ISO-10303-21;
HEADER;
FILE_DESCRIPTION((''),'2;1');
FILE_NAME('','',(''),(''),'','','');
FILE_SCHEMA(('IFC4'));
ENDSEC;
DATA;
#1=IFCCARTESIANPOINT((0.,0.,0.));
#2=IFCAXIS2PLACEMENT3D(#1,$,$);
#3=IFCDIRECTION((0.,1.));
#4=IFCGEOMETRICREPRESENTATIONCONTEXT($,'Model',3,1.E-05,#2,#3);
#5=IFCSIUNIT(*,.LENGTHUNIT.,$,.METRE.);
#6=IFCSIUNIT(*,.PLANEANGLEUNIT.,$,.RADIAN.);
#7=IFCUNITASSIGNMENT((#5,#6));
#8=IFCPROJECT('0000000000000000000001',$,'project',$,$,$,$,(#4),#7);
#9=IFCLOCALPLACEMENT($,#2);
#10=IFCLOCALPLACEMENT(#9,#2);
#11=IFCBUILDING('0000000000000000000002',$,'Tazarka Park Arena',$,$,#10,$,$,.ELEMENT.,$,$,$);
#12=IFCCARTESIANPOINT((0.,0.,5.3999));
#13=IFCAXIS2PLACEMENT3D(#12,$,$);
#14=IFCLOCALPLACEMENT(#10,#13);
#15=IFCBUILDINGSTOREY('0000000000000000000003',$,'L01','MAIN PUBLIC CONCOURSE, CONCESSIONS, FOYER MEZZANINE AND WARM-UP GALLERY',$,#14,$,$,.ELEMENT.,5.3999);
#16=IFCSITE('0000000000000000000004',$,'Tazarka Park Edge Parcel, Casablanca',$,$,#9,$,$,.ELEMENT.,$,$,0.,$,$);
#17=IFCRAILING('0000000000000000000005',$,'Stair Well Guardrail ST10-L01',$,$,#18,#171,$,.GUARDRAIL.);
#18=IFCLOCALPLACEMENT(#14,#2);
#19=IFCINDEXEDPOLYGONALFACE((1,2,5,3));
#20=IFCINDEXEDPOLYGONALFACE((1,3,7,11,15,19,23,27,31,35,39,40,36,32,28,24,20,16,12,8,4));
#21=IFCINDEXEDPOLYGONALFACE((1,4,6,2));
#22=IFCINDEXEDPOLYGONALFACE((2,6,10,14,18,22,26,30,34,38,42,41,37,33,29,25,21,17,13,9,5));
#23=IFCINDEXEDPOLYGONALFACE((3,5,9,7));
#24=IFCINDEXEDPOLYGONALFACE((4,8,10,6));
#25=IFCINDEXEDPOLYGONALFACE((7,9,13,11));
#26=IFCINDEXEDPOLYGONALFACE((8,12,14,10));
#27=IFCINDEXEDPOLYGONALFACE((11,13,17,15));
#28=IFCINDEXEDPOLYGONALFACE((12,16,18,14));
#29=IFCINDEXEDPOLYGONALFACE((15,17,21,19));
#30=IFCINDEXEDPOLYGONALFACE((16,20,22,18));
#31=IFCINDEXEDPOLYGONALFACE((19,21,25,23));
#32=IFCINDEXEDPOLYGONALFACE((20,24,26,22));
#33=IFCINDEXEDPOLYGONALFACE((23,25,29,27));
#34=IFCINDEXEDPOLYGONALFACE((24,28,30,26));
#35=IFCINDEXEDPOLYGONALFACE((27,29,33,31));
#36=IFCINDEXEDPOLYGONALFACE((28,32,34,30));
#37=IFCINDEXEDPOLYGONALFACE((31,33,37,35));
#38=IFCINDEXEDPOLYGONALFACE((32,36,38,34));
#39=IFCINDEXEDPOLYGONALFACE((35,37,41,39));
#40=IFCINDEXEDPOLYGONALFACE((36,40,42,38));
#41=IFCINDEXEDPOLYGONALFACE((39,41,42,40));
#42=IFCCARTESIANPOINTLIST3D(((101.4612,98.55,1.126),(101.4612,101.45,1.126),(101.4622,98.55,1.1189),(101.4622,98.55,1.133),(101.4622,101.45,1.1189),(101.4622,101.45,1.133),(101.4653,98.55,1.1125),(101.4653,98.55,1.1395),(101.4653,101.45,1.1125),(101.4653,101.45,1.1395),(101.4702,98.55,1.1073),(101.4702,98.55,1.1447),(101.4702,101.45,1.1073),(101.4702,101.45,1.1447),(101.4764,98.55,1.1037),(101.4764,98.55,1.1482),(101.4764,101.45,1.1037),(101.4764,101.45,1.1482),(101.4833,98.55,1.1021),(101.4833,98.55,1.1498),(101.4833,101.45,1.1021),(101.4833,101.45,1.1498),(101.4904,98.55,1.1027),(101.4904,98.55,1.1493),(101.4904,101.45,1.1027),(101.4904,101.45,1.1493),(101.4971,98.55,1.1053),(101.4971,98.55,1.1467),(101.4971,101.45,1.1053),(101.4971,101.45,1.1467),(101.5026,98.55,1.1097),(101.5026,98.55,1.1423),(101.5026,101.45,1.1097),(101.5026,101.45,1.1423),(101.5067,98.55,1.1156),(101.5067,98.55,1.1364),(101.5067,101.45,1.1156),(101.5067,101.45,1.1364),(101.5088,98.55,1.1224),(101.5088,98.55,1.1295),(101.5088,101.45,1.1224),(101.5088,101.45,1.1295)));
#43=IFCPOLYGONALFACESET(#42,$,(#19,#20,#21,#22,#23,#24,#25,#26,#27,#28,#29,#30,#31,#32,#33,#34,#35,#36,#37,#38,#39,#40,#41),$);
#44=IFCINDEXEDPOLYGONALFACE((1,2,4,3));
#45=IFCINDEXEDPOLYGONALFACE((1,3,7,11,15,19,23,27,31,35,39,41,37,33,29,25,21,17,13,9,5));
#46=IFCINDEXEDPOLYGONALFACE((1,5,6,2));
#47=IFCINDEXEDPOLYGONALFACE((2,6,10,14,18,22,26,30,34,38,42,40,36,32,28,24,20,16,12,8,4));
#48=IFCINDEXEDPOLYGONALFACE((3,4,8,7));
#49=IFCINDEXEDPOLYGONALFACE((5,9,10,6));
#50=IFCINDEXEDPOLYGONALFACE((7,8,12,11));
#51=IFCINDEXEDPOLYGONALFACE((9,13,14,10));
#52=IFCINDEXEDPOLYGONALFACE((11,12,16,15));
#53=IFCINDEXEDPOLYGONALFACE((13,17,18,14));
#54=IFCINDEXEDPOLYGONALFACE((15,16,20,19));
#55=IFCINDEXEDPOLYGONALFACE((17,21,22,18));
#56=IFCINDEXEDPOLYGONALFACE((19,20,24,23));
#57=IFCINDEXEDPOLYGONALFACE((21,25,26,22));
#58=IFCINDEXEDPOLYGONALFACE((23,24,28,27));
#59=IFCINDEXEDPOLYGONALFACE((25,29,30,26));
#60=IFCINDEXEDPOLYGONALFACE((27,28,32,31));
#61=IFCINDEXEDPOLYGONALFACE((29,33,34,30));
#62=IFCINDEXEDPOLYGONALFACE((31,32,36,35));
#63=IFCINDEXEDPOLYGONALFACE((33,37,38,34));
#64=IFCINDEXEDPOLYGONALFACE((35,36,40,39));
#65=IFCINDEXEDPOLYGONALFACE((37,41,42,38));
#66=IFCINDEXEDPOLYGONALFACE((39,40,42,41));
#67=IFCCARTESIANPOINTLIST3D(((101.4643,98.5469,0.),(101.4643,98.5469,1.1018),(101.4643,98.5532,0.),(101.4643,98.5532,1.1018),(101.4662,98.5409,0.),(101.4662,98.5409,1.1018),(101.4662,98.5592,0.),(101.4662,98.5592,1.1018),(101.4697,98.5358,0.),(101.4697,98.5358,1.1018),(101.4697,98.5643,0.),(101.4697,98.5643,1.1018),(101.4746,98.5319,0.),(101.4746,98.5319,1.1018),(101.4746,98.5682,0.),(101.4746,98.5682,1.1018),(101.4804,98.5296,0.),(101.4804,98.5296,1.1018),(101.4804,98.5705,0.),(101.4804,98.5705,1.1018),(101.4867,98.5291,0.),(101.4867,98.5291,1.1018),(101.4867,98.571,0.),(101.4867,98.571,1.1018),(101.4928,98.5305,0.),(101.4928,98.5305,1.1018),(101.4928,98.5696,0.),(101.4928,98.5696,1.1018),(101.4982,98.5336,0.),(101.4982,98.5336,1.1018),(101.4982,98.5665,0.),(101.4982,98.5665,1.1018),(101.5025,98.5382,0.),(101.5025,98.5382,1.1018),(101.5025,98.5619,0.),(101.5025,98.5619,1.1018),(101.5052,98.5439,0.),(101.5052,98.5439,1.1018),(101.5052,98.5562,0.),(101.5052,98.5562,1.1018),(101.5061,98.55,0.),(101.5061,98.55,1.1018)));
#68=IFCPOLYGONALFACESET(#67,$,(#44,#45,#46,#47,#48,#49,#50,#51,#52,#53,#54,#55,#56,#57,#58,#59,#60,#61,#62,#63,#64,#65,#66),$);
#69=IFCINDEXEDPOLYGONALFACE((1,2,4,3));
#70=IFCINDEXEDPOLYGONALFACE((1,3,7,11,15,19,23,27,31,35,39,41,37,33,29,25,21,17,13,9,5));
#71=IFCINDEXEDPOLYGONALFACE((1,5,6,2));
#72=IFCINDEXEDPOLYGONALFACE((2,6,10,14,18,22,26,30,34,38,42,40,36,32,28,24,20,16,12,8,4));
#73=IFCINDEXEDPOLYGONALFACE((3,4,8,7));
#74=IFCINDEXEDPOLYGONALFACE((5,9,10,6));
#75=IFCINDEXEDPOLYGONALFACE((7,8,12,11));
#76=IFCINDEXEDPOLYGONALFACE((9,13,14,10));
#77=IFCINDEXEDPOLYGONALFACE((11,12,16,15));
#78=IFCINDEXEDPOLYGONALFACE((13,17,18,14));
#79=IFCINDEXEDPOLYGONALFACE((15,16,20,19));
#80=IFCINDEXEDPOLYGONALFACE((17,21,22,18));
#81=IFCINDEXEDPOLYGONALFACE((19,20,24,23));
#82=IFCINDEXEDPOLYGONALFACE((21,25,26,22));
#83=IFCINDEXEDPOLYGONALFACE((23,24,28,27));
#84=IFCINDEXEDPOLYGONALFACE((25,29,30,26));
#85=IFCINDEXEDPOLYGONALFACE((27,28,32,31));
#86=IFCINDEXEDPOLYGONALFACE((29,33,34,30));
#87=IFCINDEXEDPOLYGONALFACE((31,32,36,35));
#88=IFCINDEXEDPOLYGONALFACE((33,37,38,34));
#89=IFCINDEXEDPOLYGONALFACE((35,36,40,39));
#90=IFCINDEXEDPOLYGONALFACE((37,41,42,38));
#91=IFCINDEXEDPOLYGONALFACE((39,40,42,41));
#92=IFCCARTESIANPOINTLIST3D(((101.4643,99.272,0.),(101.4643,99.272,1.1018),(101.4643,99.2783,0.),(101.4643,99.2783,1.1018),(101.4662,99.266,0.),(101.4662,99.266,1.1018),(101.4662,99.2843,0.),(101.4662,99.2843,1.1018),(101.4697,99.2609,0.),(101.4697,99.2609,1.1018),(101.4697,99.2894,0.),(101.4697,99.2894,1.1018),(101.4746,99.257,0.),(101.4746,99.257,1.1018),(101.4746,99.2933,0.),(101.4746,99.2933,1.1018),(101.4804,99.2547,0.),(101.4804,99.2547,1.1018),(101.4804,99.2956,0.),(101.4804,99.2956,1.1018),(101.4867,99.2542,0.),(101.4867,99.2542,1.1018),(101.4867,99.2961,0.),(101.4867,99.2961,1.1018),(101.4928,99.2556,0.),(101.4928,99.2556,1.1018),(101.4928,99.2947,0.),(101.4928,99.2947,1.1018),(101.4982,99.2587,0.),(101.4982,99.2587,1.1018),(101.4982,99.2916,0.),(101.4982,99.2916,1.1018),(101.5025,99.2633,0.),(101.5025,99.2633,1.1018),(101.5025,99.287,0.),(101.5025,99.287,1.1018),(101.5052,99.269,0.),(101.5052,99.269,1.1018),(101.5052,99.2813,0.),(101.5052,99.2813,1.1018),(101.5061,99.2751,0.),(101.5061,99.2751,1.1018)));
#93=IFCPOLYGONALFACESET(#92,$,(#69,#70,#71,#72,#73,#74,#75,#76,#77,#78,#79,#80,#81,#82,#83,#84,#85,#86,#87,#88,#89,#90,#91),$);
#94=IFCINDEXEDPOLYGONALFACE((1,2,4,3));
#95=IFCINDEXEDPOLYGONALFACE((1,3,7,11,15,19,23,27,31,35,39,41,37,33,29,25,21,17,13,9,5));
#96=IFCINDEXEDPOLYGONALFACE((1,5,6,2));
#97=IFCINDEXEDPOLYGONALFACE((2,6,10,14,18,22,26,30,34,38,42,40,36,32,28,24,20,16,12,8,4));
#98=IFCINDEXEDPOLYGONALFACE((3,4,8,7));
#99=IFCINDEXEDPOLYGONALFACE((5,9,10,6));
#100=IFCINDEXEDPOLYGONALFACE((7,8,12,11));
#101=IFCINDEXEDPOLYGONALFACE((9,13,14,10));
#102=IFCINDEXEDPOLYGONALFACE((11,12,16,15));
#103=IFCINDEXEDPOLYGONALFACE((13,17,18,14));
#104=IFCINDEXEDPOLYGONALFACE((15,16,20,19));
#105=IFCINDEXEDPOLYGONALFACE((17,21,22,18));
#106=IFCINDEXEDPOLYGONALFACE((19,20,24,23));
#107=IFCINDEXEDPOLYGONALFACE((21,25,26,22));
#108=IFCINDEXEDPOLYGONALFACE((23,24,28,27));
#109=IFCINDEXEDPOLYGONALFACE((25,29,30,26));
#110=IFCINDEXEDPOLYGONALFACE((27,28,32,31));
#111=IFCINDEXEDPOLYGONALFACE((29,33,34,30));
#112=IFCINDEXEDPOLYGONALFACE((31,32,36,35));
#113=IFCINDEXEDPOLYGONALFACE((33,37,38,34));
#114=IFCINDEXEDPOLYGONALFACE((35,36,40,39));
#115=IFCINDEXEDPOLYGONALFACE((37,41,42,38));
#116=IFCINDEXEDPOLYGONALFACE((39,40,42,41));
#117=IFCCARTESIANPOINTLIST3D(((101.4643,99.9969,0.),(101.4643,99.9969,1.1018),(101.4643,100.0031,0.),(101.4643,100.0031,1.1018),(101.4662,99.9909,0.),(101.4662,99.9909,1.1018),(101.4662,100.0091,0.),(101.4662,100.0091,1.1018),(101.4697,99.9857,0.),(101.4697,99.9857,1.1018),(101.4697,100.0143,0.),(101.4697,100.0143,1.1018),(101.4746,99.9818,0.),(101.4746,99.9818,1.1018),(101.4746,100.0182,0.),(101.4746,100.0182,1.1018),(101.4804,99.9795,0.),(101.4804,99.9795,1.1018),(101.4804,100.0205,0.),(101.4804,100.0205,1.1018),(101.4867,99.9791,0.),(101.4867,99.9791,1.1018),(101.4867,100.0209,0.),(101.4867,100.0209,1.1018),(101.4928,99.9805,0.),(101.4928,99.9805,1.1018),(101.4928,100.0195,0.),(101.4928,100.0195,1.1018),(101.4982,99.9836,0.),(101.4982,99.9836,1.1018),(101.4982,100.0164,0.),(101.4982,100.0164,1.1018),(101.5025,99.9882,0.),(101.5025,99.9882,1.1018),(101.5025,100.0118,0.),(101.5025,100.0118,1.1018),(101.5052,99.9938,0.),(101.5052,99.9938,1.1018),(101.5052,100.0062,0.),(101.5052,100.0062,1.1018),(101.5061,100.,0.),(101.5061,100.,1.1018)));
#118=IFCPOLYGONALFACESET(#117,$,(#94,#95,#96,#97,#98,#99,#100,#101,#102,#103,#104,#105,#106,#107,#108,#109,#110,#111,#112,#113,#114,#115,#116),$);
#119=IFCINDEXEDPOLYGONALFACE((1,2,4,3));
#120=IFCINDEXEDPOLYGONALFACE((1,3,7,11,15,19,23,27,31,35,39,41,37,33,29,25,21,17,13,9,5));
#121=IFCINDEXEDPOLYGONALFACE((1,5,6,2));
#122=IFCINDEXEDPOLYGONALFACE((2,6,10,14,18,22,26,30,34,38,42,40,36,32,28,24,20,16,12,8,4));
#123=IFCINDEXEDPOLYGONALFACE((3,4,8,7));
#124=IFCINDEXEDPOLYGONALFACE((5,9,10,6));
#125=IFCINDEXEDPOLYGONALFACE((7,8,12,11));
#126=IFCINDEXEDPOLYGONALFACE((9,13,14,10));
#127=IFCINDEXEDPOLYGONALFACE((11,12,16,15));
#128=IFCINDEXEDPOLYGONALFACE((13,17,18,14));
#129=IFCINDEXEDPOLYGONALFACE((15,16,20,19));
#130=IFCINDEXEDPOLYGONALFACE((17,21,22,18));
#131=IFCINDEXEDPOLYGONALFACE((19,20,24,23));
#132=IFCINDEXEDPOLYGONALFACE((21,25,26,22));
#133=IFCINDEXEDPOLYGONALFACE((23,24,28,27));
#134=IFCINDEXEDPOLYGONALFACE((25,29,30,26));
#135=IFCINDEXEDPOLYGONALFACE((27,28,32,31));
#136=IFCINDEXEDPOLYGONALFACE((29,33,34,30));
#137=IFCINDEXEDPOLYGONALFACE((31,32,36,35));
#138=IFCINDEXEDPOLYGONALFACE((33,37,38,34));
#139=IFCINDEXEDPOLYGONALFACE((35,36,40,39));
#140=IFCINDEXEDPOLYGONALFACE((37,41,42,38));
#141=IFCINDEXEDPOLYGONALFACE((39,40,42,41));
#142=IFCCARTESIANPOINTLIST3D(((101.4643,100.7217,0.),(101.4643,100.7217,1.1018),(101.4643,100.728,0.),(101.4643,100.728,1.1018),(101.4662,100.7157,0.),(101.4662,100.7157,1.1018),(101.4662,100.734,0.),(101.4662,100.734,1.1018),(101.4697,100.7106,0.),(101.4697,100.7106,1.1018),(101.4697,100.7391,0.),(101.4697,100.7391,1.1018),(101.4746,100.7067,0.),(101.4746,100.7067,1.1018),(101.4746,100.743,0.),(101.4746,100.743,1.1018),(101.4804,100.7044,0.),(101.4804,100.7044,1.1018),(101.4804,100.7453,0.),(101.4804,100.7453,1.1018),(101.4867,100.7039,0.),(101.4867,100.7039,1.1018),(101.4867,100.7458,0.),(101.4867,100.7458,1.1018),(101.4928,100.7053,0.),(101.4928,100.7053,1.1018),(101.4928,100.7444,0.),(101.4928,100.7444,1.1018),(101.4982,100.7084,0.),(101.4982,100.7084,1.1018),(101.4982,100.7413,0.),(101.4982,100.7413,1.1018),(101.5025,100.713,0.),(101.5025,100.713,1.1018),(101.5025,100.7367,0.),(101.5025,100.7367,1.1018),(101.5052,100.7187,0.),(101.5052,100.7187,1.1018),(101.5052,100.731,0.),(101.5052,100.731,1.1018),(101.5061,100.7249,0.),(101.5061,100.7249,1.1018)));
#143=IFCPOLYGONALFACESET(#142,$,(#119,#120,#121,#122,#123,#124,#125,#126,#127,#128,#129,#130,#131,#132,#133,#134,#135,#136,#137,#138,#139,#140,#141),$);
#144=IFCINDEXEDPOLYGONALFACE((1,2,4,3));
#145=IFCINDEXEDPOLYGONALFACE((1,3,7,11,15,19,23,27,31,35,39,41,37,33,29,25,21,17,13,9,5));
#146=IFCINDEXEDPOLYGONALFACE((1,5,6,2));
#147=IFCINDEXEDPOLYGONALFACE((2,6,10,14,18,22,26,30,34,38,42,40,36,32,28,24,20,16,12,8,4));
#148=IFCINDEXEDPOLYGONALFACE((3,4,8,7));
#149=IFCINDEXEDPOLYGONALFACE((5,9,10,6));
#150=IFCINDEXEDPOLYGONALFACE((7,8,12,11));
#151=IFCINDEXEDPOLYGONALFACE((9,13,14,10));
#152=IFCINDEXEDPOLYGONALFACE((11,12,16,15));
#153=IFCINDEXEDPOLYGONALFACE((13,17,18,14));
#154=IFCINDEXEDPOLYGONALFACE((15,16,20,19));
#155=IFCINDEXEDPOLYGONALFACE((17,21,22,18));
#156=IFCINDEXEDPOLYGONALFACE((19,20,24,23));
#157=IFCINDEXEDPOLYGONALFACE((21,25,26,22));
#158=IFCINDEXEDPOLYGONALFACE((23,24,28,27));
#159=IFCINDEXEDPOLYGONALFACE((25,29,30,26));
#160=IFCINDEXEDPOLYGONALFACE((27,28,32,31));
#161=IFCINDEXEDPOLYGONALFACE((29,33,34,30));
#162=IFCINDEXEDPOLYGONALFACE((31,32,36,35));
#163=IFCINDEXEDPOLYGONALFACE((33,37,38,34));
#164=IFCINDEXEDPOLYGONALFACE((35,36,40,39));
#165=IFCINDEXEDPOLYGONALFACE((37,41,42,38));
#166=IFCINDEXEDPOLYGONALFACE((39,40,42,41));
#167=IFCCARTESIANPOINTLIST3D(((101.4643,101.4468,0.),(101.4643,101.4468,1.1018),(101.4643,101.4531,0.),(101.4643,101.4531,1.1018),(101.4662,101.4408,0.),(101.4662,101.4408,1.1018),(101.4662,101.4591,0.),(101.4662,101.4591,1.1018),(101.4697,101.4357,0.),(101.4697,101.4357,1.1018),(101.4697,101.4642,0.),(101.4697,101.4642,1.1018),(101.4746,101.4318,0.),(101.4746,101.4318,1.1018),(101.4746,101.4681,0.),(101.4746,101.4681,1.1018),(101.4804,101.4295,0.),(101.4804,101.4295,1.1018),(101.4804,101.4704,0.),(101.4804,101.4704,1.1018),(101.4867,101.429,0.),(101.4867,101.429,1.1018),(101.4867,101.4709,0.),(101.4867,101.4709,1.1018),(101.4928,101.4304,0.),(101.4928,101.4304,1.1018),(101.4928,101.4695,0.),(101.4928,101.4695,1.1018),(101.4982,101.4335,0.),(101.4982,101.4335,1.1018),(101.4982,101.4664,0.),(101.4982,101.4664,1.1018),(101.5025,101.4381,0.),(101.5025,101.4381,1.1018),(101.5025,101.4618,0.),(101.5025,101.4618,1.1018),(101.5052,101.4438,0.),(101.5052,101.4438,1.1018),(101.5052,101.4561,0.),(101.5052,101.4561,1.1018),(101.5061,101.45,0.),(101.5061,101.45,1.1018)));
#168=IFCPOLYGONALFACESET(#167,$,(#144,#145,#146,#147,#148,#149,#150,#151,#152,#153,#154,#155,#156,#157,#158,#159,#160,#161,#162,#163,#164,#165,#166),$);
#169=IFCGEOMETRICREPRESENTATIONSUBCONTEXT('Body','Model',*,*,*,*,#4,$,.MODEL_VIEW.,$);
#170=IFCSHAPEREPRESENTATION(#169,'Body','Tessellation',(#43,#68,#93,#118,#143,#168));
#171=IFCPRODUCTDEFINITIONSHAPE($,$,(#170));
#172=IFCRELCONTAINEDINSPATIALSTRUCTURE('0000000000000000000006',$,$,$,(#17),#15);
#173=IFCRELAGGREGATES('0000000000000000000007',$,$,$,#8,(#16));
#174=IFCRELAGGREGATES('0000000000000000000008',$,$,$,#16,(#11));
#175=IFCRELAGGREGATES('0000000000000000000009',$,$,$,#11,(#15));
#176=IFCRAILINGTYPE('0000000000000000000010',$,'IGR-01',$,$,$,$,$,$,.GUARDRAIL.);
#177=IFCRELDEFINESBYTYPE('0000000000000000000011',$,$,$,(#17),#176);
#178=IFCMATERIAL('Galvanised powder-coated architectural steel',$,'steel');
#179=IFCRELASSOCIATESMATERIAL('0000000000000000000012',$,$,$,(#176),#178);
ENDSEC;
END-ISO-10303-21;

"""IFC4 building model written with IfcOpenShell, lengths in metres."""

from ifc_helpers import new_model, si_unit, direction, frame, origin, origin_2d, place, context, subcontext, project, spatial, circle, extrude, material, type_object, element, save


model = new_model("IFC4")

# Units and contexts
model_context = context("Model", 3, precision=1e-05, world=origin(), true_north=direction((0.0, 1.0)))
body_context = subcontext(model_context, "Body", "Model", "MODEL_VIEW")
ifc_project = project(units=[si_unit("LENGTHUNIT", "METRE"), si_unit("PLANEANGLEUNIT", "RADIAN")], contexts=[model_context])

# Site, building, storey
site_placement = place(None, origin())
site = spatial("IfcSite", under=ifc_project, at=site_placement, Name="Tazarka Park Edge Parcel, Casablanca", CompositionType="ELEMENT", RefElevation=0.0)
building_placement = place(site_placement, origin())
building = spatial("IfcBuilding", under=site, at=building_placement, Name="Tazarka Park Arena", CompositionType="ELEMENT")
storey_placement = place(building_placement, frame((0.0, 0.0, 5.3999)))
storey = spatial("IfcBuildingStorey", under=building, at=storey_placement, Name="L01", Description="MAIN PUBLIC CONCOURSE, CONCESSIONS, FOYER MEZZANINE AND WARM-UP GALLERY", CompositionType="ELEMENT", Elevation=5.3999)

# Railing
ifc_material_1 = material(Name="Galvanised powder-coated architectural steel", Category="steel")
railing_type_1 = type_object("IfcRailingType", Name="IGR-01", PredefinedType="GUARDRAIL", material=ifc_material_1)
for number, where, name in (
    (1, (101.4851, 98.55, 0.0), "Stair Well Guardrail ST10-L01"),
):
    element("IfcRailing", number, at=place(storey_placement, frame(where)), inside=storey, type_object=railing_type_1, Name=name, PredefinedType="GUARDRAIL", context=body_context, shape_type="SweptSolid", body=[
        extrude(circle(Radius=0.0239, at=origin_2d()), frame((0.0, 0.0, 1.126), z_axis=(0.0, 1.0, 0.0), x_axis=(-1.0, 0.0, 0.0)), (0.0, 0.0, 1.0), 2.8999),
        extrude(circle(Radius=0.021, at=origin_2d()), origin(), (0.0, 0.0, 1.0), 1.1018),
        extrude(circle(Radius=0.021, at=origin_2d()), frame((0.0, 0.7251, 0.0)), (0.0, 0.0, 1.0), 1.1018),
        extrude(circle(Radius=0.021, at=origin_2d()), frame((0.0, 1.45, 0.0)), (0.0, 0.0, 1.0), 1.1018),
        extrude(circle(Radius=0.021, at=origin_2d()), frame((0.0, 2.1748, 0.0)), (0.0, 0.0, 1.0), 1.1018),
        extrude(circle(Radius=0.021, at=origin_2d()), frame((0.0, 2.8999, 0.0)), (0.0, 0.0, 1.0), 1.1018),
    ])

save(model, "model.ifc")
